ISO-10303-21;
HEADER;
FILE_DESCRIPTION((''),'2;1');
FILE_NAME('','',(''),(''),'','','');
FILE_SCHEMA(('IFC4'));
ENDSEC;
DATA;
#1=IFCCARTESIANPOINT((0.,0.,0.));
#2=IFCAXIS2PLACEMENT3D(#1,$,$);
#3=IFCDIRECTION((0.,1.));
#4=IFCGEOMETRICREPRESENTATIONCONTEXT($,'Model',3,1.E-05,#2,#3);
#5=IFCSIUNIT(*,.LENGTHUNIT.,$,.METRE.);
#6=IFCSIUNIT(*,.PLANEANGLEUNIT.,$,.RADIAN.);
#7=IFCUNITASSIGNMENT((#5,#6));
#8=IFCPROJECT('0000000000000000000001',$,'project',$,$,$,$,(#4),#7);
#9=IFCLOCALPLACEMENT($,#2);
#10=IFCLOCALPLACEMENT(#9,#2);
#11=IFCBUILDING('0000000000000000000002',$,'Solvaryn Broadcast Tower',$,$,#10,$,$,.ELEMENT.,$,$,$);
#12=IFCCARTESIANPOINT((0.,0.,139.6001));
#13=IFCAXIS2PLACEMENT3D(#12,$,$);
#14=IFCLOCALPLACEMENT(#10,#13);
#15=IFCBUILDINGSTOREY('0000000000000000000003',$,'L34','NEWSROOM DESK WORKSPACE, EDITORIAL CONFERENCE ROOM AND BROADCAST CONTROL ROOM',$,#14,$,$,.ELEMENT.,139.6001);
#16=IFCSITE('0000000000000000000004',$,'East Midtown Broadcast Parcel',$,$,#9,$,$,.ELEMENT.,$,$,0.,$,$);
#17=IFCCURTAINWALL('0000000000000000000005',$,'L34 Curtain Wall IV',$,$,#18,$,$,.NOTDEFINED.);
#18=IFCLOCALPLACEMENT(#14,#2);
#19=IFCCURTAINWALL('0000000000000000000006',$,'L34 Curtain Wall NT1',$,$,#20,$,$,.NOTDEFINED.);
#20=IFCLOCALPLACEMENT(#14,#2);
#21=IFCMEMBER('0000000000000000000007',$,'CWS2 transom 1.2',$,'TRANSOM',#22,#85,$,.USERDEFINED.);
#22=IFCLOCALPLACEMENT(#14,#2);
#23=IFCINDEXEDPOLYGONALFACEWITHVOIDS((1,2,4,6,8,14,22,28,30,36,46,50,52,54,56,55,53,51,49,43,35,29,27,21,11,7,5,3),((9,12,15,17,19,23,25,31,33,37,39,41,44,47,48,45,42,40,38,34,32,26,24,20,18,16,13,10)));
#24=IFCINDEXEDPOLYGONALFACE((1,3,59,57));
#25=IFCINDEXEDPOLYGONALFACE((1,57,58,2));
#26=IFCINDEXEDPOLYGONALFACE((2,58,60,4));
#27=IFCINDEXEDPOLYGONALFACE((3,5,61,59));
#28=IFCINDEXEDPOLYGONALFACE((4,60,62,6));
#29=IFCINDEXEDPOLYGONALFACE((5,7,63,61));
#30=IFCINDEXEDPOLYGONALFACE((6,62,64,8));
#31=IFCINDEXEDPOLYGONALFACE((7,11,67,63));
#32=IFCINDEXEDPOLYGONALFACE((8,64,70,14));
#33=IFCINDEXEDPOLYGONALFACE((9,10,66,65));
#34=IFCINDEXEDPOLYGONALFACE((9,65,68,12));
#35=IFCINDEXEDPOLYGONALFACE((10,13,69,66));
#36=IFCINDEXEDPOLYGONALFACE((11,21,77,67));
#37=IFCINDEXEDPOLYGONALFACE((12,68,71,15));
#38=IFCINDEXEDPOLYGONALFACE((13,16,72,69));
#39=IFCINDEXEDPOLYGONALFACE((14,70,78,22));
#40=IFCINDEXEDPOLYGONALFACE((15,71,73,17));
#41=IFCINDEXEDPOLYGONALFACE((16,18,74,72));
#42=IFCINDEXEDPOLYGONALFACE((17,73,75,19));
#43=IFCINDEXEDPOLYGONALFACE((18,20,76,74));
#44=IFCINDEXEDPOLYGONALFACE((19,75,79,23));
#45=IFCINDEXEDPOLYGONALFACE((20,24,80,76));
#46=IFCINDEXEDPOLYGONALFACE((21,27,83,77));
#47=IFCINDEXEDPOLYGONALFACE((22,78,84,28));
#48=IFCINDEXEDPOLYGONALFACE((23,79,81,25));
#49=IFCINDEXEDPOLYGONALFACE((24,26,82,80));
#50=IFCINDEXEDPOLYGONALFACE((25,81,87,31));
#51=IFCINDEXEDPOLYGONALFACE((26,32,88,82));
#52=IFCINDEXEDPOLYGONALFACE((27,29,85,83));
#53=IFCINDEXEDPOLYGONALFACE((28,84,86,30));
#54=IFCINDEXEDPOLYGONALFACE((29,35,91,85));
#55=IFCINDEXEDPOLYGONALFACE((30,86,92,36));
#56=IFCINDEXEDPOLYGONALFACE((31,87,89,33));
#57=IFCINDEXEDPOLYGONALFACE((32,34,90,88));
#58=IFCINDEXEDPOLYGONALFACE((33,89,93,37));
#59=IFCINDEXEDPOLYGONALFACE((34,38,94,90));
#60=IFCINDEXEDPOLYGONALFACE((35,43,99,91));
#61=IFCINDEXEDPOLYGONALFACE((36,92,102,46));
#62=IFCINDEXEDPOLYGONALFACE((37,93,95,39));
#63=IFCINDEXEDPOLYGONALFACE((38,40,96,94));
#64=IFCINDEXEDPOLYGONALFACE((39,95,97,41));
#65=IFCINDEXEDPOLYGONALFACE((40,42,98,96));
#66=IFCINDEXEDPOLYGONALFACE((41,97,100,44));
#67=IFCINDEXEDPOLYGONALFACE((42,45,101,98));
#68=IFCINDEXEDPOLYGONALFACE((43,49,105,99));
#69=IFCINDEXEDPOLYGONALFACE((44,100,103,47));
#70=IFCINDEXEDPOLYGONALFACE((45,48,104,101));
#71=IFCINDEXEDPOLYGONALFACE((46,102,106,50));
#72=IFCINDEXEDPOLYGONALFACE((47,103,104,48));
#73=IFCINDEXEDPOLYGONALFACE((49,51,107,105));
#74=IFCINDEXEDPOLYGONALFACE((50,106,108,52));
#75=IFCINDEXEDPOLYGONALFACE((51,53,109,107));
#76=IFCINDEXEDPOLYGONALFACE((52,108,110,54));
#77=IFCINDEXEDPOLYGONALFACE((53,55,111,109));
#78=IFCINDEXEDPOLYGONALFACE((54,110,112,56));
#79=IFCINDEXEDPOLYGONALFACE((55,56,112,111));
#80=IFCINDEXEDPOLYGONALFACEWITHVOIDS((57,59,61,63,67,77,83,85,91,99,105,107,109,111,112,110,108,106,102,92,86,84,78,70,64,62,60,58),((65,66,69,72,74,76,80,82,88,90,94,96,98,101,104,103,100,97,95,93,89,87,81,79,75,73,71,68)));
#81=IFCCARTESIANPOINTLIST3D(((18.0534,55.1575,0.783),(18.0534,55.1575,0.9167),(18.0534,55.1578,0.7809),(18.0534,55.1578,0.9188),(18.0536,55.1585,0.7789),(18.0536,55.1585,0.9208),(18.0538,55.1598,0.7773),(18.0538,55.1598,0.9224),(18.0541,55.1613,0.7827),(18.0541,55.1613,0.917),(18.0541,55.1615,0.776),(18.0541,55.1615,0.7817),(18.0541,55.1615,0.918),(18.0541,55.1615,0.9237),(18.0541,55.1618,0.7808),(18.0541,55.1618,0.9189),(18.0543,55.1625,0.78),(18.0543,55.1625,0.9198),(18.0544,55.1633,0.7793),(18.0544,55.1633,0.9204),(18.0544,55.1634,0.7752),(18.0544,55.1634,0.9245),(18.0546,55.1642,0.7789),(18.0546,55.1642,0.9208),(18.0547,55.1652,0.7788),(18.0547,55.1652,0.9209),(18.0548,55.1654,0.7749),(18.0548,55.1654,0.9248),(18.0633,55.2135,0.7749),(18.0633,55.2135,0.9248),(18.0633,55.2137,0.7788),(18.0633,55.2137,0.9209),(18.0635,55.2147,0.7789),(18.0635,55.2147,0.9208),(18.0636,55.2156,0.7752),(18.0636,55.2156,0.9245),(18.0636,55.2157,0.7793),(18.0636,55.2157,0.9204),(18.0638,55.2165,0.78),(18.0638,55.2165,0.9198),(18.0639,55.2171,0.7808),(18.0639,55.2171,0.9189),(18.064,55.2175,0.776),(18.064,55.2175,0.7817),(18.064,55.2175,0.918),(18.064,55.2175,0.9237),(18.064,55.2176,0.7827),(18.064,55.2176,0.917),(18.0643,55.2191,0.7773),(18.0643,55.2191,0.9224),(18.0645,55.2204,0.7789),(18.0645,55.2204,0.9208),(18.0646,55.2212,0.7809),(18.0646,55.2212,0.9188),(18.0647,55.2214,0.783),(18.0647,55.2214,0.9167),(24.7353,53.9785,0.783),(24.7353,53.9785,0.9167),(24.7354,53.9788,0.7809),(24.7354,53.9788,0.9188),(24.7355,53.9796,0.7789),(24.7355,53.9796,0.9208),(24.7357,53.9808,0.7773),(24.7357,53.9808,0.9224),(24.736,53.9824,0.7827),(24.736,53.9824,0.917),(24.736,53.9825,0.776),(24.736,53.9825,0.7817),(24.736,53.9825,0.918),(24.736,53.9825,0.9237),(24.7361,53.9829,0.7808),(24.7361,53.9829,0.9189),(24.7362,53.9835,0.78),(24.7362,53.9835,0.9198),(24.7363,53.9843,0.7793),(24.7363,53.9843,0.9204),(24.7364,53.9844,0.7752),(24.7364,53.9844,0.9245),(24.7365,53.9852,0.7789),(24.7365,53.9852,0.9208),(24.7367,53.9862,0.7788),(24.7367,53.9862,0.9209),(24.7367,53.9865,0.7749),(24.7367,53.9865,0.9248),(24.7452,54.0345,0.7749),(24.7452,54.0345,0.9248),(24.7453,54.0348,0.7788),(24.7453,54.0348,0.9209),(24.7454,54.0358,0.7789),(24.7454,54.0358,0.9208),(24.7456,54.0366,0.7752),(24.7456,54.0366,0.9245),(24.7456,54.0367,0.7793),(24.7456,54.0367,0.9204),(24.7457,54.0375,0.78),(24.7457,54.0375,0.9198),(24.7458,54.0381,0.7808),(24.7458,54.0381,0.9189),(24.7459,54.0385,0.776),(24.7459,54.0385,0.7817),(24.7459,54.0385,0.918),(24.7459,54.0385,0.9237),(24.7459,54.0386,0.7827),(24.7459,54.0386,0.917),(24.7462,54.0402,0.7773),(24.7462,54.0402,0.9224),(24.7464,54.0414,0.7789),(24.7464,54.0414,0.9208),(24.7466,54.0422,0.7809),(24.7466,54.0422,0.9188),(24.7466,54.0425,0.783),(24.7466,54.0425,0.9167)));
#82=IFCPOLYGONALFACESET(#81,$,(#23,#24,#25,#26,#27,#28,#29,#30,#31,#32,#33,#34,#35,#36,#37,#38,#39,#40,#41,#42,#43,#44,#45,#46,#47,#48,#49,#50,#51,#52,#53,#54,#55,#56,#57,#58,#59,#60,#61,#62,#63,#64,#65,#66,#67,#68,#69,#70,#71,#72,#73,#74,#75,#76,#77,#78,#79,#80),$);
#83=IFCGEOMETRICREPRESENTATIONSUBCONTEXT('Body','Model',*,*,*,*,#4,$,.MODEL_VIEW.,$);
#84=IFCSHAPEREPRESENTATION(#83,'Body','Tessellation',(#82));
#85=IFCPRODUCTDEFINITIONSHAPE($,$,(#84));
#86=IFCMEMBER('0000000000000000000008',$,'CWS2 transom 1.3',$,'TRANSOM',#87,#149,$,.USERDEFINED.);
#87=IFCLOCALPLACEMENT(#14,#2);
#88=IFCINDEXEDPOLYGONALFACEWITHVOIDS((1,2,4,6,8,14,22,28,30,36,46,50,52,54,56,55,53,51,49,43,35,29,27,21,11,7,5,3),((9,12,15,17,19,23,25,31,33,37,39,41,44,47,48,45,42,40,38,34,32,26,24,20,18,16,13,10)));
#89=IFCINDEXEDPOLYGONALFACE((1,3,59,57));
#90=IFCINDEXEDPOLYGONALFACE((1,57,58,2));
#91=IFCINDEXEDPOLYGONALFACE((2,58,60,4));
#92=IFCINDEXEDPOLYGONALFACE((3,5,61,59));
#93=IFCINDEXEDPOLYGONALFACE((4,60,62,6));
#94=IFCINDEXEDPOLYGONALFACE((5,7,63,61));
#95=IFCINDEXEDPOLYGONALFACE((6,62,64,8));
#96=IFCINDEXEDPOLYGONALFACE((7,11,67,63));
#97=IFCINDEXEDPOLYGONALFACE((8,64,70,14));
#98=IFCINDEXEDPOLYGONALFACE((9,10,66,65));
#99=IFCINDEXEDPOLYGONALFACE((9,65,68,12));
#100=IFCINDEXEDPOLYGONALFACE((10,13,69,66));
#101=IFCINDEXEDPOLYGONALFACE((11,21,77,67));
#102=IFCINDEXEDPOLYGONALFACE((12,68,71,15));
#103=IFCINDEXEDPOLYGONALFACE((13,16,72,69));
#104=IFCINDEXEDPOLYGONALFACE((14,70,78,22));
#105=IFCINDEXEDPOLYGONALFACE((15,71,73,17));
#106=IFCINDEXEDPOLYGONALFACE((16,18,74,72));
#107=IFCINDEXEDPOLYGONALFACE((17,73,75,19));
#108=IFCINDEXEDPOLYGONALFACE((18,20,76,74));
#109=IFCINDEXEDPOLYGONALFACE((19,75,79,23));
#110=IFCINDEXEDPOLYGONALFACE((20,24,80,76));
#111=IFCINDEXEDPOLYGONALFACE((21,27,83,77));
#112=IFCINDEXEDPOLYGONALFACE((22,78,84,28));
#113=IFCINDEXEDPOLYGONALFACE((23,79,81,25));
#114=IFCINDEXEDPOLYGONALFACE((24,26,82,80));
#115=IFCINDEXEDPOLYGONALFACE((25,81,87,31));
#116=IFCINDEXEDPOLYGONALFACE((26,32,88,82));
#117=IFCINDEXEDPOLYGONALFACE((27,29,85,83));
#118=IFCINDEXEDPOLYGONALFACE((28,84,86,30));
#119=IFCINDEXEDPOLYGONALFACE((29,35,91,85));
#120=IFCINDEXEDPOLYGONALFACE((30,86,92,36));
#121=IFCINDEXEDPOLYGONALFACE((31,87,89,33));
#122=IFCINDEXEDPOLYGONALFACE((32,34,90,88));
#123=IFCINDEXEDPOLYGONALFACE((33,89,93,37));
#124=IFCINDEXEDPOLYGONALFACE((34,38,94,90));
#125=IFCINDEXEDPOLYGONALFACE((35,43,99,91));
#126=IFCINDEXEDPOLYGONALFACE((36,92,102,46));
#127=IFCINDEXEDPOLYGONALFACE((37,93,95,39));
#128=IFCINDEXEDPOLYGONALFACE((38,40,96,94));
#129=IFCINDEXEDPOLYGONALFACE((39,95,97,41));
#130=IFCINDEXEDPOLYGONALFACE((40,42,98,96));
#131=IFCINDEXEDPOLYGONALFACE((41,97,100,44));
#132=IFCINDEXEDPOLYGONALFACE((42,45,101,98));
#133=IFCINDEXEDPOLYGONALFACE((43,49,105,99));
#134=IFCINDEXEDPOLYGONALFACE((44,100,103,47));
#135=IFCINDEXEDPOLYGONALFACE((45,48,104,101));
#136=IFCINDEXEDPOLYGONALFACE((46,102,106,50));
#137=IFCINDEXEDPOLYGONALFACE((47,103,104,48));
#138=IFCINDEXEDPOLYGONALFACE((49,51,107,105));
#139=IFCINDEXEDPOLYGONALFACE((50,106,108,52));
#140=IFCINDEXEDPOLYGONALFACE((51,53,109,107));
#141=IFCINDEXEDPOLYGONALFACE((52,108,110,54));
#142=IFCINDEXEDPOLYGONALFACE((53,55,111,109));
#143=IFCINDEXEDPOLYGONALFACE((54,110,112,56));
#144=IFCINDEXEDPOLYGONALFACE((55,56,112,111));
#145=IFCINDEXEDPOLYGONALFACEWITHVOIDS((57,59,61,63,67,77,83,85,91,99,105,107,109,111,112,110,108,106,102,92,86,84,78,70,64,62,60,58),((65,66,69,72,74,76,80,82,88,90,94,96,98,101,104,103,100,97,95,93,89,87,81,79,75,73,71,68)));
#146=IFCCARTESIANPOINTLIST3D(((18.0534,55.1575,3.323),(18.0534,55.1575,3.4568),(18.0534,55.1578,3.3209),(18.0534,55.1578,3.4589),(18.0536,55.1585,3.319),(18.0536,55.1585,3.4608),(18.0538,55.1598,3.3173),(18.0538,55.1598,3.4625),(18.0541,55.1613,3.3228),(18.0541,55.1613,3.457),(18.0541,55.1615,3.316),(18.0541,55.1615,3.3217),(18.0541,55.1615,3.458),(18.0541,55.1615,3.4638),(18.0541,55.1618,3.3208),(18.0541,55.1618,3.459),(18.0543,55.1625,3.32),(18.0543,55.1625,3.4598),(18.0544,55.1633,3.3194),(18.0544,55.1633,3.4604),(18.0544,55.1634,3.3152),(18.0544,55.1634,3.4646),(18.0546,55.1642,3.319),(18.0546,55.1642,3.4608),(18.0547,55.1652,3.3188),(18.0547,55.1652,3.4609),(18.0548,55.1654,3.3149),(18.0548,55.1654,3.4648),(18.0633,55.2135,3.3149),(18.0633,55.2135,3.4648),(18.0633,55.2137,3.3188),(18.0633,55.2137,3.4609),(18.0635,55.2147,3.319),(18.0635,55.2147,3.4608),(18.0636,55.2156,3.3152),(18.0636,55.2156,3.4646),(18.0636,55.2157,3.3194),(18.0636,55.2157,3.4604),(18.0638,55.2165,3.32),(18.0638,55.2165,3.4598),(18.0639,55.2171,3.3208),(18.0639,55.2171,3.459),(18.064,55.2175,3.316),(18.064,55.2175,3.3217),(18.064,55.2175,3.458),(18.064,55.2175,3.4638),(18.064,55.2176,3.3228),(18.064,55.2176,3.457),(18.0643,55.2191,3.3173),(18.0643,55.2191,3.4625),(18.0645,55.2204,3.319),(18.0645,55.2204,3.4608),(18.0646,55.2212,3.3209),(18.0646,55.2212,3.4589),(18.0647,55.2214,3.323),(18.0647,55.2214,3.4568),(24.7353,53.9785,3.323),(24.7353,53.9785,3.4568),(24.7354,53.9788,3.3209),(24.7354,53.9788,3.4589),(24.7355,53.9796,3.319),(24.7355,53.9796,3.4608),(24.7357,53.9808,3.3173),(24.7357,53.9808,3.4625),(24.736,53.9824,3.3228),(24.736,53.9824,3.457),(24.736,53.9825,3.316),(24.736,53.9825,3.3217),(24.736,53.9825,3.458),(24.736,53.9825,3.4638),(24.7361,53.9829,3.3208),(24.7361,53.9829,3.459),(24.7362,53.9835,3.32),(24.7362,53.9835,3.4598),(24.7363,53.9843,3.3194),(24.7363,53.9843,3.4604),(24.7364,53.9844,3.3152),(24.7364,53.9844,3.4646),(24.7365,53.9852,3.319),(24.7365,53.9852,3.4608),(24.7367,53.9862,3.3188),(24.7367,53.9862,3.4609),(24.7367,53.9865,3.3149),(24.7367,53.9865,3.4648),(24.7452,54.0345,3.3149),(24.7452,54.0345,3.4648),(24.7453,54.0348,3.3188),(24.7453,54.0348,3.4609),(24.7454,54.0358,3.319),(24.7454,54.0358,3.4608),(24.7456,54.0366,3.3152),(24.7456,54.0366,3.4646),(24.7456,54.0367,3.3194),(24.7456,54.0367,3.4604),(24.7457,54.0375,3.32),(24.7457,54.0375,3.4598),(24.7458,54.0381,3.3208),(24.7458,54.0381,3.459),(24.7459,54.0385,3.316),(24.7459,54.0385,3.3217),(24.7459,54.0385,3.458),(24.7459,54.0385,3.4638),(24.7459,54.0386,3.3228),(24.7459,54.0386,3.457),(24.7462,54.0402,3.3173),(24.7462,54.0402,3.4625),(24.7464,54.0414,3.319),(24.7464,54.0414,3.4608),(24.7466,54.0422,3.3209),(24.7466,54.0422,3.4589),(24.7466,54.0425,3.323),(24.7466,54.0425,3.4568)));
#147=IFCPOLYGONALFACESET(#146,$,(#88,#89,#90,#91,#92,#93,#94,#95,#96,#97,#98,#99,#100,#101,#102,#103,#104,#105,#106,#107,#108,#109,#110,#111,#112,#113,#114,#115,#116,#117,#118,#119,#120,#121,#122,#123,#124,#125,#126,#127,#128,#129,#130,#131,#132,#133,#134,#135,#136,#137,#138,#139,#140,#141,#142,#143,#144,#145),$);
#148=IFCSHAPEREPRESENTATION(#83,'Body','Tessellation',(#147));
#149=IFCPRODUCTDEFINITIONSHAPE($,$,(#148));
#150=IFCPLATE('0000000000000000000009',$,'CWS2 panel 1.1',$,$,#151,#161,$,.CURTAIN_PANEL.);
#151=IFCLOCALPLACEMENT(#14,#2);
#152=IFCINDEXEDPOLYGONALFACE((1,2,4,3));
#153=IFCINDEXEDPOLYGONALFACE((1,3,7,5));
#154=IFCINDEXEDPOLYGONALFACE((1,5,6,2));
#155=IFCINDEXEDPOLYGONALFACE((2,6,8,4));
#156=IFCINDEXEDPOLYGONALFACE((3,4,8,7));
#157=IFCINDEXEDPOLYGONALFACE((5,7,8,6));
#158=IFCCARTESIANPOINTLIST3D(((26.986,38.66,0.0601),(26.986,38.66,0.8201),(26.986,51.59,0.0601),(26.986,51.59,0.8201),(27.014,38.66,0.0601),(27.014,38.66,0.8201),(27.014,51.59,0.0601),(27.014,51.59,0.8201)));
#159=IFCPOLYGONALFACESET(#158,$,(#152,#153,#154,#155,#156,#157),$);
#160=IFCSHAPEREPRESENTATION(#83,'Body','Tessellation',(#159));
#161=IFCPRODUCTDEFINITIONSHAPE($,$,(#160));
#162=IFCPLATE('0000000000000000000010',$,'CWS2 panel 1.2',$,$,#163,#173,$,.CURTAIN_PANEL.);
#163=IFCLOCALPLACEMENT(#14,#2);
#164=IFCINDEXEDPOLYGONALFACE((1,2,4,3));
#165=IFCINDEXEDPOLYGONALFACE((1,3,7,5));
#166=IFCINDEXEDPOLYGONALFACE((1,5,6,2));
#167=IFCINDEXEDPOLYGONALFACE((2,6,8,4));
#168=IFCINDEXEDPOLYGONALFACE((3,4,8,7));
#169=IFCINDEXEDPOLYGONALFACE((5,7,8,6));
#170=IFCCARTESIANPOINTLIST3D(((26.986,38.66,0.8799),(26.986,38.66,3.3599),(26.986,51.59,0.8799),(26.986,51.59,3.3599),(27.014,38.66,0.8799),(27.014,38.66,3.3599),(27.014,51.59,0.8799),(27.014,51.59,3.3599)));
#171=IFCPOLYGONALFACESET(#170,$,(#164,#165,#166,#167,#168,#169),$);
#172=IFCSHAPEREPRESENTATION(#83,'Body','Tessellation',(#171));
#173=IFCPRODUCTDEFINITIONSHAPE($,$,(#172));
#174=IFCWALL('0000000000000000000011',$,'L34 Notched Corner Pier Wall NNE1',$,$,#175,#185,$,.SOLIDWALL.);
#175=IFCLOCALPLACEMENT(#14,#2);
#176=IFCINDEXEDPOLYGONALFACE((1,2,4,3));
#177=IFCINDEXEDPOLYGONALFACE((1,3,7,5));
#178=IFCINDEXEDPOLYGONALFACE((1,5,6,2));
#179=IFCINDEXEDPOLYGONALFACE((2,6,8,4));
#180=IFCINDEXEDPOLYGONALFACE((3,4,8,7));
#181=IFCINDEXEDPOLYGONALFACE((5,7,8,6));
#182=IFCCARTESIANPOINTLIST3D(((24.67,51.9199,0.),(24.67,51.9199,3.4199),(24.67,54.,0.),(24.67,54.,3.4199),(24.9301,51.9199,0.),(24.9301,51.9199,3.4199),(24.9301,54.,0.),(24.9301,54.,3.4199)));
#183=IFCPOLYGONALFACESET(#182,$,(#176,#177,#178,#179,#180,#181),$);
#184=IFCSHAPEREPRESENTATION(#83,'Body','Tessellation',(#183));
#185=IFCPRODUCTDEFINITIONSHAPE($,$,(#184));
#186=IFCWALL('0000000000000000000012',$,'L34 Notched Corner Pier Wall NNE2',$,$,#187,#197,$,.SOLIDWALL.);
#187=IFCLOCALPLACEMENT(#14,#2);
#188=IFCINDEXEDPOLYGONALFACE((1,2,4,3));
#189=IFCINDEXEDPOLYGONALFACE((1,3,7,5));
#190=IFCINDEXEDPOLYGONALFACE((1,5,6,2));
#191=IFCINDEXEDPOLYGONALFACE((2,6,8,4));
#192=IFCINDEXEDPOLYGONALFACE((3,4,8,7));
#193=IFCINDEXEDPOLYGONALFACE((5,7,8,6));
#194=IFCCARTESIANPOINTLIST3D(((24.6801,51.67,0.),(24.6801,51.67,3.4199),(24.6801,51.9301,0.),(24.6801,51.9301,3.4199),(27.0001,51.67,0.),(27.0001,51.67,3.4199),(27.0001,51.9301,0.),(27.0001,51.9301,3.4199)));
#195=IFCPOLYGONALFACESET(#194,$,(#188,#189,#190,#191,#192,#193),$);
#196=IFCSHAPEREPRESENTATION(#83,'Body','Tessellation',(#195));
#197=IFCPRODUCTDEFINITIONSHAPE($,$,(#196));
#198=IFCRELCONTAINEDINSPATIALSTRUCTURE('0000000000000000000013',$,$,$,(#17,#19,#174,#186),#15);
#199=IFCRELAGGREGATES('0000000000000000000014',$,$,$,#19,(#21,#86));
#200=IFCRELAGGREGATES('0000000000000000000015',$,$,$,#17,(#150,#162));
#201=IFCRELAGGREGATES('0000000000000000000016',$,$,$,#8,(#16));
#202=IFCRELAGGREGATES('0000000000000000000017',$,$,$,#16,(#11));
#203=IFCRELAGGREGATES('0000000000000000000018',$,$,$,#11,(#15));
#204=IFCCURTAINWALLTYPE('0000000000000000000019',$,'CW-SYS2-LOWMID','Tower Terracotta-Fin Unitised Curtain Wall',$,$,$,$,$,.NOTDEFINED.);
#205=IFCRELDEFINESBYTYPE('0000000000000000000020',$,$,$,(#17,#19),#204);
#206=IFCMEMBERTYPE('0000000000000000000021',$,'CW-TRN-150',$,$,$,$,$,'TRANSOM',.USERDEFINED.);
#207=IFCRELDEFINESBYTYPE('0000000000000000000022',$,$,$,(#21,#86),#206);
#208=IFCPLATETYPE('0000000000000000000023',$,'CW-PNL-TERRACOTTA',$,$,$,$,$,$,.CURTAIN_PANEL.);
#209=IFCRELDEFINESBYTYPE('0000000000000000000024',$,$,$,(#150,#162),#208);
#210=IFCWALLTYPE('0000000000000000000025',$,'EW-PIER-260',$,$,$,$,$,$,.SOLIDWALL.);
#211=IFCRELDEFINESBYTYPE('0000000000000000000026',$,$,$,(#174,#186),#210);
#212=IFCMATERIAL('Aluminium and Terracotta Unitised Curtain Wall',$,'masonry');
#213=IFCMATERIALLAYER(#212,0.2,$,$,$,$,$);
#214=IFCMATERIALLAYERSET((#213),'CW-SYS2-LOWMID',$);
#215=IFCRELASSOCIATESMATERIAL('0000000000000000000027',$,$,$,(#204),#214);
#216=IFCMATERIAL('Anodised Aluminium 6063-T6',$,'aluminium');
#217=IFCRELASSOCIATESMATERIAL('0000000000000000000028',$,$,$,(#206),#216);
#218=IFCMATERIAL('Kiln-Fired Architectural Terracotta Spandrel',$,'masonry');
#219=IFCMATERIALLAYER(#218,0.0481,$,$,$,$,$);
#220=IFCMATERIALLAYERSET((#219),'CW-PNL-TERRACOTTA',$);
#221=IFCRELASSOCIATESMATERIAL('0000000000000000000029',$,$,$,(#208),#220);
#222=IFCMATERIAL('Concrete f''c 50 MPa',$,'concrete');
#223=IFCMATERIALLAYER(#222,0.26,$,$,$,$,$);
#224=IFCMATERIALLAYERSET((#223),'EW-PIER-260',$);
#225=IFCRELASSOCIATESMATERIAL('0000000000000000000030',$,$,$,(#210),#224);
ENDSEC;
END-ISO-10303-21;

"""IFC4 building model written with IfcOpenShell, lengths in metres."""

from ifc_helpers import new_model, si_unit, direction, frame, frame_2d, origin, origin_2d, place, context, subcontext, project, spatial, rectangle, hollow_rectangle, extrude, material, layer, layer_set, material_profile, profile_set, type_object, element, aggregate, save


model = new_model("IFC4")

# Units and contexts
model_context = context("Model", 3, precision=1e-05, world=origin(), true_north=direction((0.0, 1.0)))
body_context = subcontext(model_context, "Body", "Model", "MODEL_VIEW")
ifc_project = project(units=[si_unit("LENGTHUNIT", "METRE"), si_unit("PLANEANGLEUNIT", "RADIAN")], contexts=[model_context])

# Site, building, storey
site_placement = place(None, origin())
site = spatial("IfcSite", under=ifc_project, at=site_placement, Name="East Midtown Broadcast Parcel", CompositionType="ELEMENT", RefElevation=0.0)
building_placement = place(site_placement, origin())
building = spatial("IfcBuilding", under=site, at=building_placement, Name="Solvaryn Broadcast Tower", CompositionType="ELEMENT")
storey_placement = place(building_placement, frame((0.0, 0.0, 139.6001)))
storey = spatial("IfcBuildingStorey", under=building, at=storey_placement, Name="L34", Description="NEWSROOM DESK WORKSPACE, EDITORIAL CONFERENCE ROOM AND BROADCAST CONTROL ROOM", CompositionType="ELEMENT", Elevation=139.6001)

# Curtain wall
ifc_material_1 = material(Name="Aluminium and Terracotta Unitised Curtain Wall", Category="masonry")
ifc_layer_1 = layer(ifc_material_1, 0.2)
ifc_layer_set_1 = layer_set([ifc_layer_1], Name="CW-SYS2-LOWMID")
curtain_wall_type = type_object("IfcCurtainWallType", Name="CW-SYS2-LOWMID", Description="Tower Terracotta-Fin Unitised Curtain Wall", PredefinedType="NOTDEFINED", material=ifc_layer_set_1)
curtain_wall_1_placement = place(storey_placement, origin())
curtain_wall_1 = element("IfcCurtainWall", 1, at=curtain_wall_1_placement, inside=storey, type_object=curtain_wall_type, Name="L34 Curtain Wall IV", PredefinedType="NOTDEFINED")

# Curtain wall
curtain_wall_2_placement = place(storey_placement, origin())
curtain_wall_2 = element("IfcCurtainWall", 2, at=curtain_wall_2_placement, inside=storey, type_object=curtain_wall_type, Name="L34 Curtain Wall NT1", PredefinedType="NOTDEFINED")

# Members
ifc_material_2 = material(Name="Anodised Aluminium 6063-T6", Category="aluminium")
ifc_material_profile_1 = material_profile(ifc_material_2, hollow_rectangle(XDim=0.0649, YDim=0.1499, WallThickness=0.0039, InnerFilletRadius=0.0039, OuterFilletRadius=0.0081, at=origin_2d()))
ifc_profile_set_1 = profile_set([ifc_material_profile_1], Name="Anodised Aluminium 6063-T6")
member_type_1 = type_object("IfcMemberType", Name="CW-TRN-150", ElementType="TRANSOM", PredefinedType="USERDEFINED", material=ifc_profile_set_1)
member_1_placement = place(storey_placement, frame((24.741, 54.0105, 0.8499), z_axis=(-0.984789, 0.173757, 0.0), x_axis=(-0.173757, -0.984789, 0.0)))
member_1 = element("IfcMember", 3, at=member_1_placement, type_object=member_type_1, Name="CWS2 transom 1.2", ObjectType="TRANSOM", PredefinedType="USERDEFINED", context=body_context, shape_type="SweptSolid", body=[
    extrude(hollow_rectangle(XDim=0.0649, YDim=0.1499, WallThickness=0.0039, InnerFilletRadius=0.0039, OuterFilletRadius=0.0081, at=origin_2d()), origin(), (0.0, 0.0, 1.0), 6.7852),
])
member_2_placement = place(storey_placement, frame((24.741, 54.0105, 3.3899), z_axis=(-0.984789, 0.173757, 0.0), x_axis=(-0.173757, -0.984789, 0.0)))
member_2 = element("IfcMember", 4, at=member_2_placement, type_object=member_type_1, Name="CWS2 transom 1.3", ObjectType="TRANSOM", PredefinedType="USERDEFINED", context=body_context, shape_type="SweptSolid", body=[
    extrude(hollow_rectangle(XDim=0.0649, YDim=0.1499, WallThickness=0.0039, InnerFilletRadius=0.0039, OuterFilletRadius=0.0081, at=origin_2d()), origin(), (0.0, 0.0, 1.0), 6.7852),
])
aggregate(curtain_wall_2, [member_1, member_2])

# Plates
ifc_material_3 = material(Name="Kiln-Fired Architectural Terracotta Spandrel", Category="masonry")
ifc_layer_2 = layer(ifc_material_3, 0.0481)
ifc_layer_set_2 = layer_set([ifc_layer_2], Name="CW-PNL-TERRACOTTA")
plate_type = type_object("IfcPlateType", Name="CW-PNL-TERRACOTTA", PredefinedType="CURTAIN_PANEL", material=ifc_layer_set_2)
plate_1_placement = place(storey_placement, frame((27.0, 45.125, 0.0601), z_axis=(0.0, 0.0, 1.0), x_axis=(0.0, -1.0, 0.0)))
plate_1 = element("IfcPlate", 5, at=plate_1_placement, type_object=plate_type, Name="CWS2 panel 1.1", PredefinedType="CURTAIN_PANEL", context=body_context, shape_type="SweptSolid", body=[
    extrude(rectangle(XDim=12.9299, YDim=0.0281, at=origin_2d()), origin(), (0.0, 0.0, 1.0), 0.76),
])
plate_2_placement = place(storey_placement, frame((27.0, 45.125, 0.8799), z_axis=(0.0, 0.0, 1.0), x_axis=(0.0, -1.0, 0.0)))
plate_2 = element("IfcPlate", 6, at=plate_2_placement, type_object=plate_type, Name="CWS2 panel 1.2", PredefinedType="CURTAIN_PANEL", context=body_context, shape_type="SweptSolid", body=[
    extrude(rectangle(XDim=12.9299, YDim=0.0281, at=origin_2d()), origin(), (0.0, 0.0, 1.0), 2.48),
])
aggregate(curtain_wall_1, [plate_1, plate_2])

# Walls
ifc_material_4 = material(Name="Concrete f'c 50 MPa", Category="concrete")
ifc_layer_3 = layer(ifc_material_4, 0.26)
ifc_layer_set_3 = layer_set([ifc_layer_3], Name="EW-PIER-260")
wall_type_1 = type_object("IfcWallType", Name="EW-PIER-260", PredefinedType="SOLIDWALL", material=ifc_layer_set_3)
wall_1_placement = place(storey_placement, frame((24.8, 54.0, 0.0), z_axis=(0.0, 0.0, 1.0), x_axis=(0.0, -1.0, 0.0)))
element("IfcWall", 7, at=wall_1_placement, inside=storey, type_object=wall_type_1, Name="L34 Notched Corner Pier Wall NNE1", PredefinedType="SOLIDWALL", context=body_context, shape_type="SweptSolid", body=[
    extrude(rectangle(XDim=2.0801, YDim=0.26, at=frame_2d((1.04, 0.0))), origin(), (0.0, 0.0, 1.0), 3.4199),
])
wall_2_placement = place(storey_placement, frame((24.6799, 51.8, 0.0), z_axis=(0.0, 0.0, 1.0), x_axis=(1.0, 0.0, 0.0)))
element("IfcWall", 8, at=wall_2_placement, inside=storey, type_object=wall_type_1, Name="L34 Notched Corner Pier Wall NNE2", PredefinedType="SOLIDWALL", context=body_context, shape_type="SweptSolid", body=[
    extrude(rectangle(XDim=2.3201, YDim=0.26, at=frame_2d((1.1602, 0.0))), origin(), (0.0, 0.0, 1.0), 3.4199),
])

save(model, "model.ifc")
